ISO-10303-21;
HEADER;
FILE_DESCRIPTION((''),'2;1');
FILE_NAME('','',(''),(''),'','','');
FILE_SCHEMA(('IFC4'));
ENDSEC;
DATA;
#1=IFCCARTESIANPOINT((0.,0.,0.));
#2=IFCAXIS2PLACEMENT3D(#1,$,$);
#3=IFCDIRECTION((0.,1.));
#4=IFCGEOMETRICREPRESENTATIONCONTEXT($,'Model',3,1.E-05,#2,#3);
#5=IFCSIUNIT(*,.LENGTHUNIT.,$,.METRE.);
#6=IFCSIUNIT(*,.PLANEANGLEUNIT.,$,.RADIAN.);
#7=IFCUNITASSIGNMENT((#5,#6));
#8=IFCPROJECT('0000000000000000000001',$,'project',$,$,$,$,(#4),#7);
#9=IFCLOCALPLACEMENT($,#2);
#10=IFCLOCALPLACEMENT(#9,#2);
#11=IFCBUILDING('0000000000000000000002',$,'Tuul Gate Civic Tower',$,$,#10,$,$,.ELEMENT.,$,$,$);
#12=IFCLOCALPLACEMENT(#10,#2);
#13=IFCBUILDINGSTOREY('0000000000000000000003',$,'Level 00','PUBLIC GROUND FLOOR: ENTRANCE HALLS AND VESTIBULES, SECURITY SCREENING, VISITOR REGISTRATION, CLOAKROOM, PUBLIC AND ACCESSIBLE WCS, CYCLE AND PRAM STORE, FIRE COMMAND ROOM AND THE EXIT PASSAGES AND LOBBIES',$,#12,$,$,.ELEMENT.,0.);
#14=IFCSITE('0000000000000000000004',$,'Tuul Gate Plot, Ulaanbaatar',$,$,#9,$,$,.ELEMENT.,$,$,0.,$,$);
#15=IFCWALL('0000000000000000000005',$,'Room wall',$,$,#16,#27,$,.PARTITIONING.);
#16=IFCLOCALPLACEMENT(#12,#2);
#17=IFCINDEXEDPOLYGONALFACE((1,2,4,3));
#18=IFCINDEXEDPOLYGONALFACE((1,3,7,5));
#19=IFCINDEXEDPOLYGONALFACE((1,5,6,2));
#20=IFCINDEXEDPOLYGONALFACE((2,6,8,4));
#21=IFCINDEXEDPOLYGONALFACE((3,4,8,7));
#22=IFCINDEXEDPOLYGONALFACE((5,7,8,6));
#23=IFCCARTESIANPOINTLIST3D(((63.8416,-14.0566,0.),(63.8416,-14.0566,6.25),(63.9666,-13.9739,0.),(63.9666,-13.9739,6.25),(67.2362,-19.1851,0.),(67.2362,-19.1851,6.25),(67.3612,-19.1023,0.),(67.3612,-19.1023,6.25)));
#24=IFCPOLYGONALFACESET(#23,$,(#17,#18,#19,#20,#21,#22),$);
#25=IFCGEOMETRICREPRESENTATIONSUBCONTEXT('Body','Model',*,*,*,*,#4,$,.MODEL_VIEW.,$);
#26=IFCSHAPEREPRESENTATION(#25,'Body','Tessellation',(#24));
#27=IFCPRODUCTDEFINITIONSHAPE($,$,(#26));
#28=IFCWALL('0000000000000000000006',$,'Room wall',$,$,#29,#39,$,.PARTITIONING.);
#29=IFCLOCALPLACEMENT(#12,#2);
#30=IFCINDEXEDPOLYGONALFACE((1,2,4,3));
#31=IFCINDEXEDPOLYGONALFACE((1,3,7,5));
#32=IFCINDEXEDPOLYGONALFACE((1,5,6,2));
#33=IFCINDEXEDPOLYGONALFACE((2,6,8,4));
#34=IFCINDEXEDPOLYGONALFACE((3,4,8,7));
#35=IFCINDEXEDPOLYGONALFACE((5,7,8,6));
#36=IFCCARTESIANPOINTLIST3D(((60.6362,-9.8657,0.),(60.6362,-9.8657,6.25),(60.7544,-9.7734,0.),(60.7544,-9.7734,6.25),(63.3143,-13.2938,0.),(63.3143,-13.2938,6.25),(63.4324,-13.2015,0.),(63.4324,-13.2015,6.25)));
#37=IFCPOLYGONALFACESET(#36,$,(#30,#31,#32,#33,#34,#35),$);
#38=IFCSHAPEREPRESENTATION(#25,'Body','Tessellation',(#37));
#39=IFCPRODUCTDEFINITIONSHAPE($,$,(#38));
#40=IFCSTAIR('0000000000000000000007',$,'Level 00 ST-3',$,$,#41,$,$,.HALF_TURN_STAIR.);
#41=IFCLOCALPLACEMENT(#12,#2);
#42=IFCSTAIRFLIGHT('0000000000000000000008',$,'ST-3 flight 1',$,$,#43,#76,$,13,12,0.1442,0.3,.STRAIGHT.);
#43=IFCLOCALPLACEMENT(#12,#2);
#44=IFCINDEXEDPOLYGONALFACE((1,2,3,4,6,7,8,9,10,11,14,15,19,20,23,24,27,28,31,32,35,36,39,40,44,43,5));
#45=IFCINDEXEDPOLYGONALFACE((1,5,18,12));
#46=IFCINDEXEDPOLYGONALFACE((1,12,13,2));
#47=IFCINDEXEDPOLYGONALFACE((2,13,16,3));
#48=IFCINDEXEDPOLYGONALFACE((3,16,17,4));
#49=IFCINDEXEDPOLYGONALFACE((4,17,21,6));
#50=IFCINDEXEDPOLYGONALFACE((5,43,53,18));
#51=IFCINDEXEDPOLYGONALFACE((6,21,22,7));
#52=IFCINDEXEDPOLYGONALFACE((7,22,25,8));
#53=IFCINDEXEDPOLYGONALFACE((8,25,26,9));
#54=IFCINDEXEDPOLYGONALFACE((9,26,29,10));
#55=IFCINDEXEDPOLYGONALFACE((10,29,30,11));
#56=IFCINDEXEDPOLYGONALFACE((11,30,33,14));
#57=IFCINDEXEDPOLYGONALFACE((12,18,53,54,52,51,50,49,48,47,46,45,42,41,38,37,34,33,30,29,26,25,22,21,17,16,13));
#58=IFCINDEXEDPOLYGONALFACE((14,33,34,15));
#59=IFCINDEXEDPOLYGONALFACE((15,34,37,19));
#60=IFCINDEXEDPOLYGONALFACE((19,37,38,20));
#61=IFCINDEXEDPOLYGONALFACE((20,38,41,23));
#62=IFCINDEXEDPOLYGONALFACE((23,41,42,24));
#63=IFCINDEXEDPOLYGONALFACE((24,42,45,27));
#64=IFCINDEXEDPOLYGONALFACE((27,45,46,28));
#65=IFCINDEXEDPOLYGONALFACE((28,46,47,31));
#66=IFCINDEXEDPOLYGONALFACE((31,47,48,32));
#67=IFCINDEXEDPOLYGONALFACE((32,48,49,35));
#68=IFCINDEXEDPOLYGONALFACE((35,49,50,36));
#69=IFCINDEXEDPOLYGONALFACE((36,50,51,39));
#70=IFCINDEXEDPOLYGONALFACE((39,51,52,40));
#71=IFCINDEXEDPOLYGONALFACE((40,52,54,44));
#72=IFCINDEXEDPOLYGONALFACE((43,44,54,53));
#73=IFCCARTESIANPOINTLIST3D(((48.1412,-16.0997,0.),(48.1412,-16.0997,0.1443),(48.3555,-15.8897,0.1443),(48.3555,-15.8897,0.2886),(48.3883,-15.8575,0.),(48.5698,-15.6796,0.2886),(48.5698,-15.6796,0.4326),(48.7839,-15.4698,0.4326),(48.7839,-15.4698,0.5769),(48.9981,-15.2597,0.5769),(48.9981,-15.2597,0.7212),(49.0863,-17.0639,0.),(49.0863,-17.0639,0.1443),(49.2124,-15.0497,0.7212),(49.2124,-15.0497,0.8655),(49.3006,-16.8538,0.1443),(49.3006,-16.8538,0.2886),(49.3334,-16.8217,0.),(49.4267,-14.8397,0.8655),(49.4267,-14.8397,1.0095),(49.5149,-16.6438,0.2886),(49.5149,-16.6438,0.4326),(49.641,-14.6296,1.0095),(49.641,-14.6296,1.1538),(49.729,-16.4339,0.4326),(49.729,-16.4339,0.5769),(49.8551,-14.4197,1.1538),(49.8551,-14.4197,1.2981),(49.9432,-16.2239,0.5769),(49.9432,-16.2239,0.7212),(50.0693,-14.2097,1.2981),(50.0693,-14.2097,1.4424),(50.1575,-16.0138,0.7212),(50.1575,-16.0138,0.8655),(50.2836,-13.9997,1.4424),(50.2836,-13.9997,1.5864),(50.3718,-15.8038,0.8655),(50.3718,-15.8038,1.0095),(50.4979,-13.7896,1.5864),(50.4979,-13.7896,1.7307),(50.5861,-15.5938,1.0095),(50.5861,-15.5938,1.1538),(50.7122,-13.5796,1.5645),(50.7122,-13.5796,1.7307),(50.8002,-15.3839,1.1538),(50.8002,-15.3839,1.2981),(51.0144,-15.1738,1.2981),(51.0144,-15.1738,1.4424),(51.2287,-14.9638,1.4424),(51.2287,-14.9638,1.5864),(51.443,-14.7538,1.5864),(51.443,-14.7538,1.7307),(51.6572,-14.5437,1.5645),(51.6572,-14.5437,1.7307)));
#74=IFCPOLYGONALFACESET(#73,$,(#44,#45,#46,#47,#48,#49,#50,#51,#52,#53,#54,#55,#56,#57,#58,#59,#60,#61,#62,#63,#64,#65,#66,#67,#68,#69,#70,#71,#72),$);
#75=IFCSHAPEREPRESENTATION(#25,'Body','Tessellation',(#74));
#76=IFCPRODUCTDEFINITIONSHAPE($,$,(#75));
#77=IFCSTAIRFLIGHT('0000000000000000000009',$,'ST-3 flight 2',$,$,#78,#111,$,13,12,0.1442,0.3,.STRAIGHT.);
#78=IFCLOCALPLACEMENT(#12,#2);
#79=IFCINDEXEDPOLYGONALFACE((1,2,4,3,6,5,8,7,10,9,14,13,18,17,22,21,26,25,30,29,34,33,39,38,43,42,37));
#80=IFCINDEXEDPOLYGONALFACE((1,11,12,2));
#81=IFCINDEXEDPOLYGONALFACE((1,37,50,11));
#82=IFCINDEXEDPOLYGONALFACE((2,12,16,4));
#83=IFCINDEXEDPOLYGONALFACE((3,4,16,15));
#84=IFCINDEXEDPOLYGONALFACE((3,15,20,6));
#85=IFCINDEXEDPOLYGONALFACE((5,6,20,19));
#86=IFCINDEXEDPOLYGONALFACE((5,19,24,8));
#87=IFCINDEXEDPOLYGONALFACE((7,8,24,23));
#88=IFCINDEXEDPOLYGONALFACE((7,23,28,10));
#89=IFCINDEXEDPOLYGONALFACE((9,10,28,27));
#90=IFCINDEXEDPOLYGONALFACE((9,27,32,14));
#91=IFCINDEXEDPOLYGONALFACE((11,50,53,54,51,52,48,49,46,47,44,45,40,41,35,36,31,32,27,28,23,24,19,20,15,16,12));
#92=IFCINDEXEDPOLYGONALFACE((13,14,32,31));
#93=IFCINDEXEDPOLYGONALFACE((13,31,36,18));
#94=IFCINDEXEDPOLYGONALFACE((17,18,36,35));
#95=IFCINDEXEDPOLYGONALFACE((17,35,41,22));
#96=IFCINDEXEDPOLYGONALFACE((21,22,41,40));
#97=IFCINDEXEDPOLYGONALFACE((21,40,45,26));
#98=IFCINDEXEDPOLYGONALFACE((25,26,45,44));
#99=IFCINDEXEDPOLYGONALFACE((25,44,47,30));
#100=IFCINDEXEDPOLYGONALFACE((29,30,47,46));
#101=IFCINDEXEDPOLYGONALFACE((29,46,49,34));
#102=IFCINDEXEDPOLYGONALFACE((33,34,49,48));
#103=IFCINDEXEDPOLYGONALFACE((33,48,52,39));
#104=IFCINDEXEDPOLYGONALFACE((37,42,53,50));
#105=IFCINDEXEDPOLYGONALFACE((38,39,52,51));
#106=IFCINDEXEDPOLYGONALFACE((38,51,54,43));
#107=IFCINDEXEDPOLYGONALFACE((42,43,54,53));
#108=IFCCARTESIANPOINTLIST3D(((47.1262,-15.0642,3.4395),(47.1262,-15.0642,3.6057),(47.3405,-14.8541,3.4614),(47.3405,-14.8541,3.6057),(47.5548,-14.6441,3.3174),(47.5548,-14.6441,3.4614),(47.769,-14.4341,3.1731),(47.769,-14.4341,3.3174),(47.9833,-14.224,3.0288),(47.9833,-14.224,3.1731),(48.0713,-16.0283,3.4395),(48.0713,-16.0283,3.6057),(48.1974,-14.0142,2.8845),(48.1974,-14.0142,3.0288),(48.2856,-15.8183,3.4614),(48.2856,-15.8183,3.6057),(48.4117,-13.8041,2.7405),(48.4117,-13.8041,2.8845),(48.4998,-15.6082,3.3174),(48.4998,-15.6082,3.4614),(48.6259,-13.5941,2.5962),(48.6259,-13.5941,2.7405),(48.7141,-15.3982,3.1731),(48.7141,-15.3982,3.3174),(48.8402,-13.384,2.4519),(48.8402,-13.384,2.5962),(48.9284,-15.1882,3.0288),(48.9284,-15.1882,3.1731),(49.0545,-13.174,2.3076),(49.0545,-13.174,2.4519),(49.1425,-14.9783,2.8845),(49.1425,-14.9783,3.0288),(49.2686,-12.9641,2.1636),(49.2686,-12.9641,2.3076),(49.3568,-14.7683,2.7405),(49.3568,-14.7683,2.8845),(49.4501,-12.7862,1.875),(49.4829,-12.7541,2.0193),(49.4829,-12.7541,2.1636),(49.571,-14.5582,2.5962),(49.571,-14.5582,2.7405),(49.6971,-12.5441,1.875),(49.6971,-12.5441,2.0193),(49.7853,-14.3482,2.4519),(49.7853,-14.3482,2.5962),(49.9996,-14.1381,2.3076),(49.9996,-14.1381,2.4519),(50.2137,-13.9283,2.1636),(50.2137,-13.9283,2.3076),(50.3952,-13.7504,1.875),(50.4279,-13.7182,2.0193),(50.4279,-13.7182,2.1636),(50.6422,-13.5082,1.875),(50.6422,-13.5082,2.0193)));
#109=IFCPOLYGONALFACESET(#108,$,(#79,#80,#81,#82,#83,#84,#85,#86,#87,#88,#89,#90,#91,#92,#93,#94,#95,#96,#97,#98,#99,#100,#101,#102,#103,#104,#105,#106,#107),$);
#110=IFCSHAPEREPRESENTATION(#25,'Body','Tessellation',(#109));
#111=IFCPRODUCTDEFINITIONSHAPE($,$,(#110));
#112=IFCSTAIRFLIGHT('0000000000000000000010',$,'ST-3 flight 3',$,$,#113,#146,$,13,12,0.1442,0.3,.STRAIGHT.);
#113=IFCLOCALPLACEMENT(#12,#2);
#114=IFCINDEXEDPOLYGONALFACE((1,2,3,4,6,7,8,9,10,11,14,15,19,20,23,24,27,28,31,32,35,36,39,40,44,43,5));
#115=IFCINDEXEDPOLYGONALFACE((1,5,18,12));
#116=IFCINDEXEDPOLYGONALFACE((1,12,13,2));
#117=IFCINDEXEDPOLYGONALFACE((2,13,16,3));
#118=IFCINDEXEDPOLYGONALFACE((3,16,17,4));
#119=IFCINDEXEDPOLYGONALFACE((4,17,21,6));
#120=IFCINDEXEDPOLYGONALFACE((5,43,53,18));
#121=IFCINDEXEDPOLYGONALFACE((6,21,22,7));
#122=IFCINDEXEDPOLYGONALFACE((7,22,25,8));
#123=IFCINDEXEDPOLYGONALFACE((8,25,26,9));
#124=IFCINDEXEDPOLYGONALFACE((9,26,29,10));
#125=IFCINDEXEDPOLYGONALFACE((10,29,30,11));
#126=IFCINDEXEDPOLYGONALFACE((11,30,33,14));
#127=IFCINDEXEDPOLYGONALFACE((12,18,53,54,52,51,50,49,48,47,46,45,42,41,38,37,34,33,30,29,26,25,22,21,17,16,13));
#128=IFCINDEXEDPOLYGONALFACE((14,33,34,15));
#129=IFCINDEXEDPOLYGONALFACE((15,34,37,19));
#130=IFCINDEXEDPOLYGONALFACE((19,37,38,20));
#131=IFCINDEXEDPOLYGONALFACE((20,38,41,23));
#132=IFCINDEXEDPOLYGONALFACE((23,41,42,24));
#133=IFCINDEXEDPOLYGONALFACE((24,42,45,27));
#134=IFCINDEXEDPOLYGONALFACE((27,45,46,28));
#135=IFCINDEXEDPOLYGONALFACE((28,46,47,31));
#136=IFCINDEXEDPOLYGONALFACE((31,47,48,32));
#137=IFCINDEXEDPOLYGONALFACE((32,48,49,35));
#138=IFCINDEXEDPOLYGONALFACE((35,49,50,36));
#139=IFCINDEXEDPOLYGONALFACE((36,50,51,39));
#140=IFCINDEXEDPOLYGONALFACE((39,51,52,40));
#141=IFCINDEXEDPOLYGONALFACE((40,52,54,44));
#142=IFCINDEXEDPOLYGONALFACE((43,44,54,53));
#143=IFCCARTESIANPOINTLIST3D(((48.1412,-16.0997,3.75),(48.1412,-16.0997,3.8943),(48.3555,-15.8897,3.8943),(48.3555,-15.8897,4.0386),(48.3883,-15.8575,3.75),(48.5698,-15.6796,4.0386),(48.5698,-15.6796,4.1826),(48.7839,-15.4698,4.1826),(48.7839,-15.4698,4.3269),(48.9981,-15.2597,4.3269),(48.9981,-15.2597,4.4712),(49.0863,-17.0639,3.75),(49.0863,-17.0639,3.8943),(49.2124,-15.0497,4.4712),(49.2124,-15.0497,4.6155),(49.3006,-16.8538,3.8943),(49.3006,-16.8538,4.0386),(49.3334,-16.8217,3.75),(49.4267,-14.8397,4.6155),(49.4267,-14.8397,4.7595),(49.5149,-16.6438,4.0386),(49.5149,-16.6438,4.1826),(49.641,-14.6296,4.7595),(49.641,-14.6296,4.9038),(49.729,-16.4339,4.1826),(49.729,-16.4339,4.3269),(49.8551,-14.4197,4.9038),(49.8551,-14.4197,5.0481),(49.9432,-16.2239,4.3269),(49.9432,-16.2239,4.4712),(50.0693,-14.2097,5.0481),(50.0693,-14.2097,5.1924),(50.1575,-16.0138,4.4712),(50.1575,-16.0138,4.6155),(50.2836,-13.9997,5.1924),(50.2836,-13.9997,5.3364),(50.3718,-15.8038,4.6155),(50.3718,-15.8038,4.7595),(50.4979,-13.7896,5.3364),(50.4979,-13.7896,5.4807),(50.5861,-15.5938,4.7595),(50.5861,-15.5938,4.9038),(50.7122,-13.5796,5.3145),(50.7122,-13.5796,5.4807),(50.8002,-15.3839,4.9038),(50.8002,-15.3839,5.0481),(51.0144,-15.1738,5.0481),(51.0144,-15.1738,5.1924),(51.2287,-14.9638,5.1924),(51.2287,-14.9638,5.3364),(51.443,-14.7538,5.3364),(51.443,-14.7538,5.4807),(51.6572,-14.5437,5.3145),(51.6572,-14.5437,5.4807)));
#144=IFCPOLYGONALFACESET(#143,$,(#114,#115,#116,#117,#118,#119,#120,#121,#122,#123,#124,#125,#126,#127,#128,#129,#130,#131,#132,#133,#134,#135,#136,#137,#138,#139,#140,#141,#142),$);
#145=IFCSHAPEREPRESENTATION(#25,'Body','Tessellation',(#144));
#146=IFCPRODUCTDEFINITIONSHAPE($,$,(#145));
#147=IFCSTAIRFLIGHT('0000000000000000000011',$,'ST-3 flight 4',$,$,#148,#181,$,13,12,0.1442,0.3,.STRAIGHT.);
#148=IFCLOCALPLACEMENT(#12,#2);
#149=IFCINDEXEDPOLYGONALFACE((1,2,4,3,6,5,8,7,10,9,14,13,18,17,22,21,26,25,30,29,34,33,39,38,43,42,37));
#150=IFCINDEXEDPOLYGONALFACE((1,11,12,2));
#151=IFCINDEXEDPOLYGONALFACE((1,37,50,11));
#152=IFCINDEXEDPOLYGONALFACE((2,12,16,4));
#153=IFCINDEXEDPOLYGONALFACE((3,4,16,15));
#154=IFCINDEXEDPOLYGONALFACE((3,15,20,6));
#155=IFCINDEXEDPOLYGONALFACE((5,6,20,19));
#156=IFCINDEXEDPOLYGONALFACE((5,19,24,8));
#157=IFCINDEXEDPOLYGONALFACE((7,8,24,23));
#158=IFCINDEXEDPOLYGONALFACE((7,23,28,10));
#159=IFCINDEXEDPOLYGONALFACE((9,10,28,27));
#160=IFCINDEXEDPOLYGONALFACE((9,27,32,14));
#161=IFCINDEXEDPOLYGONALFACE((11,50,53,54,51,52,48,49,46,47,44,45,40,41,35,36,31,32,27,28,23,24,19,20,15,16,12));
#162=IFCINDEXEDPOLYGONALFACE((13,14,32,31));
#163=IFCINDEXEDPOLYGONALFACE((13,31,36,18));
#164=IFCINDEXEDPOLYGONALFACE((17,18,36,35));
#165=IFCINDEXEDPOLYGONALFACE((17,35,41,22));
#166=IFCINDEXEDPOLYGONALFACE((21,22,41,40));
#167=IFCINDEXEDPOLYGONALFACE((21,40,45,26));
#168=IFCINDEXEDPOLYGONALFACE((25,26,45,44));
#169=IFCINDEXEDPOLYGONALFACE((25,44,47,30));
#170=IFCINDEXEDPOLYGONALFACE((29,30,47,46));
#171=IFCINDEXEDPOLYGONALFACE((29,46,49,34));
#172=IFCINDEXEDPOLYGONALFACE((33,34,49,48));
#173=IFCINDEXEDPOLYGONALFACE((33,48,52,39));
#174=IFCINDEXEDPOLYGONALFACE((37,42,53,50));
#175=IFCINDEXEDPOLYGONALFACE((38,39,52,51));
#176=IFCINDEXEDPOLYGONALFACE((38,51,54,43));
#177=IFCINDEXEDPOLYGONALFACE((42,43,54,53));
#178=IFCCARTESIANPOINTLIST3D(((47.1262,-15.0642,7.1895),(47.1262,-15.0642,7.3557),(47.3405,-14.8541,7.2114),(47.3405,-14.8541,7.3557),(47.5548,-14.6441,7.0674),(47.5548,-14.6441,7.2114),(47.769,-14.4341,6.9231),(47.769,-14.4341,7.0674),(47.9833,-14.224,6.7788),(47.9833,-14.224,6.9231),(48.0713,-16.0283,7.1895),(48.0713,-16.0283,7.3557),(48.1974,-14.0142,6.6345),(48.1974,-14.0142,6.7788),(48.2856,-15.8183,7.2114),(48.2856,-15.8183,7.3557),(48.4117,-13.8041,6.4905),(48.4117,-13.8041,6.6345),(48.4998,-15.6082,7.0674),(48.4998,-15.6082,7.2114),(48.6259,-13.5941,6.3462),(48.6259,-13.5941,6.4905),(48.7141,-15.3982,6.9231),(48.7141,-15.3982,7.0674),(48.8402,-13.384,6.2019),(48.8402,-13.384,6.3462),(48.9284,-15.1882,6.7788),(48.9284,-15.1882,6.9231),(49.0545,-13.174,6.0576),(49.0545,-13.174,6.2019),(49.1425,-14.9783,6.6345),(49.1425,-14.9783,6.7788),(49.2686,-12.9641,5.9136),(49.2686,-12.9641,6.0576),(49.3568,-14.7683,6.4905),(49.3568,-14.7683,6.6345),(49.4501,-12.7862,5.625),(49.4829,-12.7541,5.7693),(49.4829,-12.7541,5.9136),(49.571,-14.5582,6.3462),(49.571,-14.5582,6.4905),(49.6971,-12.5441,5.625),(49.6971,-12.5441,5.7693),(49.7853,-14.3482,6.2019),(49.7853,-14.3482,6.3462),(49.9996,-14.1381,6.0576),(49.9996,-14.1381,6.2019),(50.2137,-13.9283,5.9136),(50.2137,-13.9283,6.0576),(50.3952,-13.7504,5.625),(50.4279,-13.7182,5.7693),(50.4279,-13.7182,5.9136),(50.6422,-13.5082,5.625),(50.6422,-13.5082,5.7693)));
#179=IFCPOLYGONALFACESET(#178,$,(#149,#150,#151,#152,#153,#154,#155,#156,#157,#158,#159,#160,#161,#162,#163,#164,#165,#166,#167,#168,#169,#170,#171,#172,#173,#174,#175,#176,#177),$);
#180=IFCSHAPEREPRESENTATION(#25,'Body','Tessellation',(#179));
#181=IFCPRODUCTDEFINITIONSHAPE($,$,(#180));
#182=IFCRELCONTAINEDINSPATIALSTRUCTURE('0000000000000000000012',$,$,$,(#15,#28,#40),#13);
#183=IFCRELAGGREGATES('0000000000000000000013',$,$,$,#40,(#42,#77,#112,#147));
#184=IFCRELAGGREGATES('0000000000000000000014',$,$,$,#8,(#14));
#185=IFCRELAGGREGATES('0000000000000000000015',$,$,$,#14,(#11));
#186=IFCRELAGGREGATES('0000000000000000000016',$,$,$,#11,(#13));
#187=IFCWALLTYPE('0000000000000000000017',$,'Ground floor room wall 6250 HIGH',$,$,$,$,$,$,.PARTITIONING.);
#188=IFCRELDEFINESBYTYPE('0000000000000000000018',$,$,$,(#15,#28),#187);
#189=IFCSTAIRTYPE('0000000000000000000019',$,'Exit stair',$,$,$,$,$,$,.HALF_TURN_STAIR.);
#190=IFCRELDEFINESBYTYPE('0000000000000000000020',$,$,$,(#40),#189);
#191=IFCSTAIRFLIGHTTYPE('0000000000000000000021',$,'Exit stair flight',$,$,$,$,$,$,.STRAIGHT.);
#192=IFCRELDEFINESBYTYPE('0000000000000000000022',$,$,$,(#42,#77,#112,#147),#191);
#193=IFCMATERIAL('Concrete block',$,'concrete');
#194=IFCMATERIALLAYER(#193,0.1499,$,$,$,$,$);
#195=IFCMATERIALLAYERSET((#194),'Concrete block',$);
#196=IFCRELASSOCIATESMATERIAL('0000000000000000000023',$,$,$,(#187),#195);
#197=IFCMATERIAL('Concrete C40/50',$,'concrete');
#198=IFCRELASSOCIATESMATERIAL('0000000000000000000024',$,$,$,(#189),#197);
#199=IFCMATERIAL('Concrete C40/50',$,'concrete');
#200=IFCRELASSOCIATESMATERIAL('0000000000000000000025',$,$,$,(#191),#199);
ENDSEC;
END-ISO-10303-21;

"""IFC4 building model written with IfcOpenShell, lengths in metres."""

from ifc_helpers import new_model, si_unit, direction, frame, frame_2d, origin, place, context, subcontext, project, spatial, polyline, rectangle, outline, extrude, material, layer, layer_set, type_object, element, aggregate, save


model = new_model("IFC4")

# Units and contexts
model_context = context("Model", 3, precision=1e-05, world=origin(), true_north=direction((0.0, 1.0)))
body_context = subcontext(model_context, "Body", "Model", "MODEL_VIEW")
ifc_project = project(units=[si_unit("LENGTHUNIT", "METRE"), si_unit("PLANEANGLEUNIT", "RADIAN")], contexts=[model_context])

# Site, building, storey
site_placement = place(None, origin())
site = spatial("IfcSite", under=ifc_project, at=site_placement, Name="Tuul Gate Plot, Ulaanbaatar", CompositionType="ELEMENT", RefElevation=0.0)
building_placement = place(site_placement, origin())
building = spatial("IfcBuilding", under=site, at=building_placement, Name="Tuul Gate Civic Tower", CompositionType="ELEMENT")
storey_placement = place(building_placement, origin())
storey = spatial("IfcBuildingStorey", under=building, at=storey_placement, Name="Level 00", Description="PUBLIC GROUND FLOOR: ENTRANCE HALLS AND VESTIBULES, SECURITY SCREENING, VISITOR REGISTRATION, CLOAKROOM, PUBLIC AND ACCESSIBLE WCS, CYCLE AND PRAM STORE, FIRE COMMAND ROOM AND THE EXIT PASSAGES AND LOBBIES", CompositionType="ELEMENT", Elevation=0.0)

# Walls
ifc_material_1 = material(Name="Concrete block", Category="concrete")
ifc_layer_1 = layer(ifc_material_1, 0.1499)
ifc_layer_set_1 = layer_set([ifc_layer_1], Name="Concrete block")
wall_type_1 = type_object("IfcWallType", Name="Ground floor room wall 6250 HIGH", PredefinedType="PARTITIONING", material=ifc_layer_set_1)
wall_1_placement = place(storey_placement, frame((63.9041, -14.0151, 0.0), z_axis=(0.0, 0.0, 1.0), x_axis=(0.551949, -0.833878, 0.0)))
element("IfcWall", 1, at=wall_1_placement, inside=storey, type_object=wall_type_1, Name="Room wall", PredefinedType="PARTITIONING", context=body_context, shape_type="SweptSolid", body=[
    extrude(rectangle(XDim=6.1501, YDim=0.1499, at=frame_2d((3.0752, 0.0))), origin(), (0.0, 0.0, 1.0), 6.25),
])
wall_2_placement = place(storey_placement, frame((60.6953, -9.8196, 0.0), z_axis=(0.0, 0.0, 1.0), x_axis=(0.615626, -0.788039, 0.0)))
element("IfcWall", 2, at=wall_2_placement, inside=storey, type_object=wall_type_1, Name="Room wall", PredefinedType="PARTITIONING", context=body_context, shape_type="SweptSolid", body=[
    extrude(rectangle(XDim=4.3501, YDim=0.1499, at=frame_2d((2.175, 0.0))), origin(), (0.0, 0.0, 1.0), 6.25),
])

# Stair, stair flights
ifc_material_2 = material(Name="Concrete C40/50", Category="concrete")
stair_type = type_object("IfcStairType", Name="Exit stair", PredefinedType="HALF_TURN_STAIR", material=ifc_material_2)
stair_placement = place(storey_placement, origin())
stair = element("IfcStair", 3, at=stair_placement, inside=storey, type_object=stair_type, Name="Level 00 ST-3", PredefinedType="HALF_TURN_STAIR")
ifc_material_3 = material(Name="Concrete C40/50", Category="concrete")
stair_flight_type = type_object("IfcStairFlightType", Name="Exit stair flight", PredefinedType="STRAIGHT", material=ifc_material_3)
stair_flight_1_placement = place(storey_placement, frame((48.6138, -16.5818, 0.0), z_axis=(0.0, 0.0, 1.0), x_axis=(0.714127, 0.700016, 0.0)))
stair_flight_1 = element("IfcStairFlight", 4, at=stair_flight_1_placement, type_object=stair_flight_type, Name="ST-3 flight 1", NumberOfRisers=13, NumberOfTreads=12, PredefinedType="STRAIGHT", RiserHeight=0.1442, TreadLength=0.3, context=body_context, shape_type="SweptSolid", body=[
    extrude(outline(polyline([(0.0, 0.0), (0.0, 0.1443), (0.3, 0.1443), (0.3, 0.2886), (0.6001, 0.2886), (0.6001, 0.4326), (0.8999, 0.4326), (0.8999, 0.5769), (1.2, 0.5769), (1.2, 0.7212), (1.5, 0.7212), (1.5, 0.8655), (1.8, 0.8655), (1.8, 1.0095), (2.1001, 1.0095), (2.1001, 1.1538), (2.3999, 1.1538), (2.3999, 1.2981), (2.7, 1.2981), (2.7, 1.4424), (3.0, 1.4424), (3.0, 1.5864), (3.3, 1.5864), (3.3, 1.7307), (3.6001, 1.7307), (3.6001, 1.875), (3.6001, 1.5645), (0.3459, 0.0), (0.0, 0.0)])), frame((0.0, 0.675, 0.0), z_axis=(0.0, -1.0, 0.0), x_axis=(1.0, 0.0, 0.0)), (0.0, 0.0, 1.0), 1.3501),
])
stair_flight_2_placement = place(storey_placement, frame((50.1697, -13.0261, 1.875), z_axis=(0.0, 0.0, 1.0), x_axis=(-0.714127, -0.700016, 0.0)))
stair_flight_2 = element("IfcStairFlight", 5, at=stair_flight_2_placement, type_object=stair_flight_type, Name="ST-3 flight 2", NumberOfRisers=13, NumberOfTreads=12, PredefinedType="STRAIGHT", RiserHeight=0.1442, TreadLength=0.3, context=body_context, shape_type="SweptSolid", body=[
    extrude(outline(polyline([(0.0, 0.0), (0.0, 0.1443), (0.3, 0.1443), (0.3, 0.2886), (0.6001, 0.2886), (0.6001, 0.4326), (0.8999, 0.4326), (0.8999, 0.5769), (1.2, 0.5769), (1.2, 0.7212), (1.5, 0.7212), (1.5, 0.8655), (1.8, 0.8655), (1.8, 1.0095), (2.1001, 1.0095), (2.1001, 1.1538), (2.3999, 1.1538), (2.3999, 1.2981), (2.7, 1.2981), (2.7, 1.4424), (3.0, 1.4424), (3.0, 1.5864), (3.3, 1.5864), (3.3, 1.7307), (3.6001, 1.7307), (3.6001, 1.875), (3.6001, 1.5645), (0.3459, 0.0), (0.0, 0.0)])), frame((0.0, 0.675, 0.0), z_axis=(0.0, -1.0, 0.0), x_axis=(1.0, 0.0, 0.0)), (0.0, 0.0, 1.0), 1.3501),
])
stair_flight_3_placement = place(storey_placement, frame((48.6138, -16.5818, 3.75), z_axis=(0.0, 0.0, 1.0), x_axis=(0.714127, 0.700016, 0.0)))
stair_flight_3 = element("IfcStairFlight", 6, at=stair_flight_3_placement, type_object=stair_flight_type, Name="ST-3 flight 3", NumberOfRisers=13, NumberOfTreads=12, PredefinedType="STRAIGHT", RiserHeight=0.1442, TreadLength=0.3, context=body_context, shape_type="SweptSolid", body=[
    extrude(outline(polyline([(0.0, 0.0), (0.0, 0.1443), (0.3, 0.1443), (0.3, 0.2886), (0.6001, 0.2886), (0.6001, 0.4326), (0.8999, 0.4326), (0.8999, 0.5769), (1.2, 0.5769), (1.2, 0.7212), (1.5, 0.7212), (1.5, 0.8655), (1.8, 0.8655), (1.8, 1.0095), (2.1001, 1.0095), (2.1001, 1.1538), (2.3999, 1.1538), (2.3999, 1.2981), (2.7, 1.2981), (2.7, 1.4424), (3.0, 1.4424), (3.0, 1.5864), (3.3, 1.5864), (3.3, 1.7307), (3.6001, 1.7307), (3.6001, 1.875), (3.6001, 1.5645), (0.3459, 0.0), (0.0, 0.0)])), frame((0.0, 0.675, 0.0), z_axis=(0.0, -1.0, 0.0), x_axis=(1.0, 0.0, 0.0)), (0.0, 0.0, 1.0), 1.3501),
])
stair_flight_4_placement = place(storey_placement, frame((50.1697, -13.0261, 5.625), z_axis=(0.0, 0.0, 1.0), x_axis=(-0.714127, -0.700016, 0.0)))
stair_flight_4 = element("IfcStairFlight", 7, at=stair_flight_4_placement, type_object=stair_flight_type, Name="ST-3 flight 4", NumberOfRisers=13, NumberOfTreads=12, PredefinedType="STRAIGHT", RiserHeight=0.1442, TreadLength=0.3, context=body_context, shape_type="SweptSolid", body=[
    extrude(outline(polyline([(0.0, 0.0), (0.0, 0.1443), (0.3, 0.1443), (0.3, 0.2886), (0.6001, 0.2886), (0.6001, 0.4326), (0.8999, 0.4326), (0.8999, 0.5769), (1.2, 0.5769), (1.2, 0.7212), (1.5, 0.7212), (1.5, 0.8655), (1.8, 0.8655), (1.8, 1.0095), (2.1001, 1.0095), (2.1001, 1.1538), (2.3999, 1.1538), (2.3999, 1.2981), (2.7, 1.2981), (2.7, 1.4424), (3.0, 1.4424), (3.0, 1.5864), (3.3, 1.5864), (3.3, 1.7307), (3.6001, 1.7307), (3.6001, 1.875), (3.6001, 1.5645), (0.3459, 0.0), (0.0, 0.0)])), frame((0.0, 0.675, 0.0), z_axis=(0.0, -1.0, 0.0), x_axis=(1.0, 0.0, 0.0)), (0.0, 0.0, 1.0), 1.3501),
])
aggregate(stair, [stair_flight_1, stair_flight_2, stair_flight_3, stair_flight_4])

save(model, "model.ifc")
